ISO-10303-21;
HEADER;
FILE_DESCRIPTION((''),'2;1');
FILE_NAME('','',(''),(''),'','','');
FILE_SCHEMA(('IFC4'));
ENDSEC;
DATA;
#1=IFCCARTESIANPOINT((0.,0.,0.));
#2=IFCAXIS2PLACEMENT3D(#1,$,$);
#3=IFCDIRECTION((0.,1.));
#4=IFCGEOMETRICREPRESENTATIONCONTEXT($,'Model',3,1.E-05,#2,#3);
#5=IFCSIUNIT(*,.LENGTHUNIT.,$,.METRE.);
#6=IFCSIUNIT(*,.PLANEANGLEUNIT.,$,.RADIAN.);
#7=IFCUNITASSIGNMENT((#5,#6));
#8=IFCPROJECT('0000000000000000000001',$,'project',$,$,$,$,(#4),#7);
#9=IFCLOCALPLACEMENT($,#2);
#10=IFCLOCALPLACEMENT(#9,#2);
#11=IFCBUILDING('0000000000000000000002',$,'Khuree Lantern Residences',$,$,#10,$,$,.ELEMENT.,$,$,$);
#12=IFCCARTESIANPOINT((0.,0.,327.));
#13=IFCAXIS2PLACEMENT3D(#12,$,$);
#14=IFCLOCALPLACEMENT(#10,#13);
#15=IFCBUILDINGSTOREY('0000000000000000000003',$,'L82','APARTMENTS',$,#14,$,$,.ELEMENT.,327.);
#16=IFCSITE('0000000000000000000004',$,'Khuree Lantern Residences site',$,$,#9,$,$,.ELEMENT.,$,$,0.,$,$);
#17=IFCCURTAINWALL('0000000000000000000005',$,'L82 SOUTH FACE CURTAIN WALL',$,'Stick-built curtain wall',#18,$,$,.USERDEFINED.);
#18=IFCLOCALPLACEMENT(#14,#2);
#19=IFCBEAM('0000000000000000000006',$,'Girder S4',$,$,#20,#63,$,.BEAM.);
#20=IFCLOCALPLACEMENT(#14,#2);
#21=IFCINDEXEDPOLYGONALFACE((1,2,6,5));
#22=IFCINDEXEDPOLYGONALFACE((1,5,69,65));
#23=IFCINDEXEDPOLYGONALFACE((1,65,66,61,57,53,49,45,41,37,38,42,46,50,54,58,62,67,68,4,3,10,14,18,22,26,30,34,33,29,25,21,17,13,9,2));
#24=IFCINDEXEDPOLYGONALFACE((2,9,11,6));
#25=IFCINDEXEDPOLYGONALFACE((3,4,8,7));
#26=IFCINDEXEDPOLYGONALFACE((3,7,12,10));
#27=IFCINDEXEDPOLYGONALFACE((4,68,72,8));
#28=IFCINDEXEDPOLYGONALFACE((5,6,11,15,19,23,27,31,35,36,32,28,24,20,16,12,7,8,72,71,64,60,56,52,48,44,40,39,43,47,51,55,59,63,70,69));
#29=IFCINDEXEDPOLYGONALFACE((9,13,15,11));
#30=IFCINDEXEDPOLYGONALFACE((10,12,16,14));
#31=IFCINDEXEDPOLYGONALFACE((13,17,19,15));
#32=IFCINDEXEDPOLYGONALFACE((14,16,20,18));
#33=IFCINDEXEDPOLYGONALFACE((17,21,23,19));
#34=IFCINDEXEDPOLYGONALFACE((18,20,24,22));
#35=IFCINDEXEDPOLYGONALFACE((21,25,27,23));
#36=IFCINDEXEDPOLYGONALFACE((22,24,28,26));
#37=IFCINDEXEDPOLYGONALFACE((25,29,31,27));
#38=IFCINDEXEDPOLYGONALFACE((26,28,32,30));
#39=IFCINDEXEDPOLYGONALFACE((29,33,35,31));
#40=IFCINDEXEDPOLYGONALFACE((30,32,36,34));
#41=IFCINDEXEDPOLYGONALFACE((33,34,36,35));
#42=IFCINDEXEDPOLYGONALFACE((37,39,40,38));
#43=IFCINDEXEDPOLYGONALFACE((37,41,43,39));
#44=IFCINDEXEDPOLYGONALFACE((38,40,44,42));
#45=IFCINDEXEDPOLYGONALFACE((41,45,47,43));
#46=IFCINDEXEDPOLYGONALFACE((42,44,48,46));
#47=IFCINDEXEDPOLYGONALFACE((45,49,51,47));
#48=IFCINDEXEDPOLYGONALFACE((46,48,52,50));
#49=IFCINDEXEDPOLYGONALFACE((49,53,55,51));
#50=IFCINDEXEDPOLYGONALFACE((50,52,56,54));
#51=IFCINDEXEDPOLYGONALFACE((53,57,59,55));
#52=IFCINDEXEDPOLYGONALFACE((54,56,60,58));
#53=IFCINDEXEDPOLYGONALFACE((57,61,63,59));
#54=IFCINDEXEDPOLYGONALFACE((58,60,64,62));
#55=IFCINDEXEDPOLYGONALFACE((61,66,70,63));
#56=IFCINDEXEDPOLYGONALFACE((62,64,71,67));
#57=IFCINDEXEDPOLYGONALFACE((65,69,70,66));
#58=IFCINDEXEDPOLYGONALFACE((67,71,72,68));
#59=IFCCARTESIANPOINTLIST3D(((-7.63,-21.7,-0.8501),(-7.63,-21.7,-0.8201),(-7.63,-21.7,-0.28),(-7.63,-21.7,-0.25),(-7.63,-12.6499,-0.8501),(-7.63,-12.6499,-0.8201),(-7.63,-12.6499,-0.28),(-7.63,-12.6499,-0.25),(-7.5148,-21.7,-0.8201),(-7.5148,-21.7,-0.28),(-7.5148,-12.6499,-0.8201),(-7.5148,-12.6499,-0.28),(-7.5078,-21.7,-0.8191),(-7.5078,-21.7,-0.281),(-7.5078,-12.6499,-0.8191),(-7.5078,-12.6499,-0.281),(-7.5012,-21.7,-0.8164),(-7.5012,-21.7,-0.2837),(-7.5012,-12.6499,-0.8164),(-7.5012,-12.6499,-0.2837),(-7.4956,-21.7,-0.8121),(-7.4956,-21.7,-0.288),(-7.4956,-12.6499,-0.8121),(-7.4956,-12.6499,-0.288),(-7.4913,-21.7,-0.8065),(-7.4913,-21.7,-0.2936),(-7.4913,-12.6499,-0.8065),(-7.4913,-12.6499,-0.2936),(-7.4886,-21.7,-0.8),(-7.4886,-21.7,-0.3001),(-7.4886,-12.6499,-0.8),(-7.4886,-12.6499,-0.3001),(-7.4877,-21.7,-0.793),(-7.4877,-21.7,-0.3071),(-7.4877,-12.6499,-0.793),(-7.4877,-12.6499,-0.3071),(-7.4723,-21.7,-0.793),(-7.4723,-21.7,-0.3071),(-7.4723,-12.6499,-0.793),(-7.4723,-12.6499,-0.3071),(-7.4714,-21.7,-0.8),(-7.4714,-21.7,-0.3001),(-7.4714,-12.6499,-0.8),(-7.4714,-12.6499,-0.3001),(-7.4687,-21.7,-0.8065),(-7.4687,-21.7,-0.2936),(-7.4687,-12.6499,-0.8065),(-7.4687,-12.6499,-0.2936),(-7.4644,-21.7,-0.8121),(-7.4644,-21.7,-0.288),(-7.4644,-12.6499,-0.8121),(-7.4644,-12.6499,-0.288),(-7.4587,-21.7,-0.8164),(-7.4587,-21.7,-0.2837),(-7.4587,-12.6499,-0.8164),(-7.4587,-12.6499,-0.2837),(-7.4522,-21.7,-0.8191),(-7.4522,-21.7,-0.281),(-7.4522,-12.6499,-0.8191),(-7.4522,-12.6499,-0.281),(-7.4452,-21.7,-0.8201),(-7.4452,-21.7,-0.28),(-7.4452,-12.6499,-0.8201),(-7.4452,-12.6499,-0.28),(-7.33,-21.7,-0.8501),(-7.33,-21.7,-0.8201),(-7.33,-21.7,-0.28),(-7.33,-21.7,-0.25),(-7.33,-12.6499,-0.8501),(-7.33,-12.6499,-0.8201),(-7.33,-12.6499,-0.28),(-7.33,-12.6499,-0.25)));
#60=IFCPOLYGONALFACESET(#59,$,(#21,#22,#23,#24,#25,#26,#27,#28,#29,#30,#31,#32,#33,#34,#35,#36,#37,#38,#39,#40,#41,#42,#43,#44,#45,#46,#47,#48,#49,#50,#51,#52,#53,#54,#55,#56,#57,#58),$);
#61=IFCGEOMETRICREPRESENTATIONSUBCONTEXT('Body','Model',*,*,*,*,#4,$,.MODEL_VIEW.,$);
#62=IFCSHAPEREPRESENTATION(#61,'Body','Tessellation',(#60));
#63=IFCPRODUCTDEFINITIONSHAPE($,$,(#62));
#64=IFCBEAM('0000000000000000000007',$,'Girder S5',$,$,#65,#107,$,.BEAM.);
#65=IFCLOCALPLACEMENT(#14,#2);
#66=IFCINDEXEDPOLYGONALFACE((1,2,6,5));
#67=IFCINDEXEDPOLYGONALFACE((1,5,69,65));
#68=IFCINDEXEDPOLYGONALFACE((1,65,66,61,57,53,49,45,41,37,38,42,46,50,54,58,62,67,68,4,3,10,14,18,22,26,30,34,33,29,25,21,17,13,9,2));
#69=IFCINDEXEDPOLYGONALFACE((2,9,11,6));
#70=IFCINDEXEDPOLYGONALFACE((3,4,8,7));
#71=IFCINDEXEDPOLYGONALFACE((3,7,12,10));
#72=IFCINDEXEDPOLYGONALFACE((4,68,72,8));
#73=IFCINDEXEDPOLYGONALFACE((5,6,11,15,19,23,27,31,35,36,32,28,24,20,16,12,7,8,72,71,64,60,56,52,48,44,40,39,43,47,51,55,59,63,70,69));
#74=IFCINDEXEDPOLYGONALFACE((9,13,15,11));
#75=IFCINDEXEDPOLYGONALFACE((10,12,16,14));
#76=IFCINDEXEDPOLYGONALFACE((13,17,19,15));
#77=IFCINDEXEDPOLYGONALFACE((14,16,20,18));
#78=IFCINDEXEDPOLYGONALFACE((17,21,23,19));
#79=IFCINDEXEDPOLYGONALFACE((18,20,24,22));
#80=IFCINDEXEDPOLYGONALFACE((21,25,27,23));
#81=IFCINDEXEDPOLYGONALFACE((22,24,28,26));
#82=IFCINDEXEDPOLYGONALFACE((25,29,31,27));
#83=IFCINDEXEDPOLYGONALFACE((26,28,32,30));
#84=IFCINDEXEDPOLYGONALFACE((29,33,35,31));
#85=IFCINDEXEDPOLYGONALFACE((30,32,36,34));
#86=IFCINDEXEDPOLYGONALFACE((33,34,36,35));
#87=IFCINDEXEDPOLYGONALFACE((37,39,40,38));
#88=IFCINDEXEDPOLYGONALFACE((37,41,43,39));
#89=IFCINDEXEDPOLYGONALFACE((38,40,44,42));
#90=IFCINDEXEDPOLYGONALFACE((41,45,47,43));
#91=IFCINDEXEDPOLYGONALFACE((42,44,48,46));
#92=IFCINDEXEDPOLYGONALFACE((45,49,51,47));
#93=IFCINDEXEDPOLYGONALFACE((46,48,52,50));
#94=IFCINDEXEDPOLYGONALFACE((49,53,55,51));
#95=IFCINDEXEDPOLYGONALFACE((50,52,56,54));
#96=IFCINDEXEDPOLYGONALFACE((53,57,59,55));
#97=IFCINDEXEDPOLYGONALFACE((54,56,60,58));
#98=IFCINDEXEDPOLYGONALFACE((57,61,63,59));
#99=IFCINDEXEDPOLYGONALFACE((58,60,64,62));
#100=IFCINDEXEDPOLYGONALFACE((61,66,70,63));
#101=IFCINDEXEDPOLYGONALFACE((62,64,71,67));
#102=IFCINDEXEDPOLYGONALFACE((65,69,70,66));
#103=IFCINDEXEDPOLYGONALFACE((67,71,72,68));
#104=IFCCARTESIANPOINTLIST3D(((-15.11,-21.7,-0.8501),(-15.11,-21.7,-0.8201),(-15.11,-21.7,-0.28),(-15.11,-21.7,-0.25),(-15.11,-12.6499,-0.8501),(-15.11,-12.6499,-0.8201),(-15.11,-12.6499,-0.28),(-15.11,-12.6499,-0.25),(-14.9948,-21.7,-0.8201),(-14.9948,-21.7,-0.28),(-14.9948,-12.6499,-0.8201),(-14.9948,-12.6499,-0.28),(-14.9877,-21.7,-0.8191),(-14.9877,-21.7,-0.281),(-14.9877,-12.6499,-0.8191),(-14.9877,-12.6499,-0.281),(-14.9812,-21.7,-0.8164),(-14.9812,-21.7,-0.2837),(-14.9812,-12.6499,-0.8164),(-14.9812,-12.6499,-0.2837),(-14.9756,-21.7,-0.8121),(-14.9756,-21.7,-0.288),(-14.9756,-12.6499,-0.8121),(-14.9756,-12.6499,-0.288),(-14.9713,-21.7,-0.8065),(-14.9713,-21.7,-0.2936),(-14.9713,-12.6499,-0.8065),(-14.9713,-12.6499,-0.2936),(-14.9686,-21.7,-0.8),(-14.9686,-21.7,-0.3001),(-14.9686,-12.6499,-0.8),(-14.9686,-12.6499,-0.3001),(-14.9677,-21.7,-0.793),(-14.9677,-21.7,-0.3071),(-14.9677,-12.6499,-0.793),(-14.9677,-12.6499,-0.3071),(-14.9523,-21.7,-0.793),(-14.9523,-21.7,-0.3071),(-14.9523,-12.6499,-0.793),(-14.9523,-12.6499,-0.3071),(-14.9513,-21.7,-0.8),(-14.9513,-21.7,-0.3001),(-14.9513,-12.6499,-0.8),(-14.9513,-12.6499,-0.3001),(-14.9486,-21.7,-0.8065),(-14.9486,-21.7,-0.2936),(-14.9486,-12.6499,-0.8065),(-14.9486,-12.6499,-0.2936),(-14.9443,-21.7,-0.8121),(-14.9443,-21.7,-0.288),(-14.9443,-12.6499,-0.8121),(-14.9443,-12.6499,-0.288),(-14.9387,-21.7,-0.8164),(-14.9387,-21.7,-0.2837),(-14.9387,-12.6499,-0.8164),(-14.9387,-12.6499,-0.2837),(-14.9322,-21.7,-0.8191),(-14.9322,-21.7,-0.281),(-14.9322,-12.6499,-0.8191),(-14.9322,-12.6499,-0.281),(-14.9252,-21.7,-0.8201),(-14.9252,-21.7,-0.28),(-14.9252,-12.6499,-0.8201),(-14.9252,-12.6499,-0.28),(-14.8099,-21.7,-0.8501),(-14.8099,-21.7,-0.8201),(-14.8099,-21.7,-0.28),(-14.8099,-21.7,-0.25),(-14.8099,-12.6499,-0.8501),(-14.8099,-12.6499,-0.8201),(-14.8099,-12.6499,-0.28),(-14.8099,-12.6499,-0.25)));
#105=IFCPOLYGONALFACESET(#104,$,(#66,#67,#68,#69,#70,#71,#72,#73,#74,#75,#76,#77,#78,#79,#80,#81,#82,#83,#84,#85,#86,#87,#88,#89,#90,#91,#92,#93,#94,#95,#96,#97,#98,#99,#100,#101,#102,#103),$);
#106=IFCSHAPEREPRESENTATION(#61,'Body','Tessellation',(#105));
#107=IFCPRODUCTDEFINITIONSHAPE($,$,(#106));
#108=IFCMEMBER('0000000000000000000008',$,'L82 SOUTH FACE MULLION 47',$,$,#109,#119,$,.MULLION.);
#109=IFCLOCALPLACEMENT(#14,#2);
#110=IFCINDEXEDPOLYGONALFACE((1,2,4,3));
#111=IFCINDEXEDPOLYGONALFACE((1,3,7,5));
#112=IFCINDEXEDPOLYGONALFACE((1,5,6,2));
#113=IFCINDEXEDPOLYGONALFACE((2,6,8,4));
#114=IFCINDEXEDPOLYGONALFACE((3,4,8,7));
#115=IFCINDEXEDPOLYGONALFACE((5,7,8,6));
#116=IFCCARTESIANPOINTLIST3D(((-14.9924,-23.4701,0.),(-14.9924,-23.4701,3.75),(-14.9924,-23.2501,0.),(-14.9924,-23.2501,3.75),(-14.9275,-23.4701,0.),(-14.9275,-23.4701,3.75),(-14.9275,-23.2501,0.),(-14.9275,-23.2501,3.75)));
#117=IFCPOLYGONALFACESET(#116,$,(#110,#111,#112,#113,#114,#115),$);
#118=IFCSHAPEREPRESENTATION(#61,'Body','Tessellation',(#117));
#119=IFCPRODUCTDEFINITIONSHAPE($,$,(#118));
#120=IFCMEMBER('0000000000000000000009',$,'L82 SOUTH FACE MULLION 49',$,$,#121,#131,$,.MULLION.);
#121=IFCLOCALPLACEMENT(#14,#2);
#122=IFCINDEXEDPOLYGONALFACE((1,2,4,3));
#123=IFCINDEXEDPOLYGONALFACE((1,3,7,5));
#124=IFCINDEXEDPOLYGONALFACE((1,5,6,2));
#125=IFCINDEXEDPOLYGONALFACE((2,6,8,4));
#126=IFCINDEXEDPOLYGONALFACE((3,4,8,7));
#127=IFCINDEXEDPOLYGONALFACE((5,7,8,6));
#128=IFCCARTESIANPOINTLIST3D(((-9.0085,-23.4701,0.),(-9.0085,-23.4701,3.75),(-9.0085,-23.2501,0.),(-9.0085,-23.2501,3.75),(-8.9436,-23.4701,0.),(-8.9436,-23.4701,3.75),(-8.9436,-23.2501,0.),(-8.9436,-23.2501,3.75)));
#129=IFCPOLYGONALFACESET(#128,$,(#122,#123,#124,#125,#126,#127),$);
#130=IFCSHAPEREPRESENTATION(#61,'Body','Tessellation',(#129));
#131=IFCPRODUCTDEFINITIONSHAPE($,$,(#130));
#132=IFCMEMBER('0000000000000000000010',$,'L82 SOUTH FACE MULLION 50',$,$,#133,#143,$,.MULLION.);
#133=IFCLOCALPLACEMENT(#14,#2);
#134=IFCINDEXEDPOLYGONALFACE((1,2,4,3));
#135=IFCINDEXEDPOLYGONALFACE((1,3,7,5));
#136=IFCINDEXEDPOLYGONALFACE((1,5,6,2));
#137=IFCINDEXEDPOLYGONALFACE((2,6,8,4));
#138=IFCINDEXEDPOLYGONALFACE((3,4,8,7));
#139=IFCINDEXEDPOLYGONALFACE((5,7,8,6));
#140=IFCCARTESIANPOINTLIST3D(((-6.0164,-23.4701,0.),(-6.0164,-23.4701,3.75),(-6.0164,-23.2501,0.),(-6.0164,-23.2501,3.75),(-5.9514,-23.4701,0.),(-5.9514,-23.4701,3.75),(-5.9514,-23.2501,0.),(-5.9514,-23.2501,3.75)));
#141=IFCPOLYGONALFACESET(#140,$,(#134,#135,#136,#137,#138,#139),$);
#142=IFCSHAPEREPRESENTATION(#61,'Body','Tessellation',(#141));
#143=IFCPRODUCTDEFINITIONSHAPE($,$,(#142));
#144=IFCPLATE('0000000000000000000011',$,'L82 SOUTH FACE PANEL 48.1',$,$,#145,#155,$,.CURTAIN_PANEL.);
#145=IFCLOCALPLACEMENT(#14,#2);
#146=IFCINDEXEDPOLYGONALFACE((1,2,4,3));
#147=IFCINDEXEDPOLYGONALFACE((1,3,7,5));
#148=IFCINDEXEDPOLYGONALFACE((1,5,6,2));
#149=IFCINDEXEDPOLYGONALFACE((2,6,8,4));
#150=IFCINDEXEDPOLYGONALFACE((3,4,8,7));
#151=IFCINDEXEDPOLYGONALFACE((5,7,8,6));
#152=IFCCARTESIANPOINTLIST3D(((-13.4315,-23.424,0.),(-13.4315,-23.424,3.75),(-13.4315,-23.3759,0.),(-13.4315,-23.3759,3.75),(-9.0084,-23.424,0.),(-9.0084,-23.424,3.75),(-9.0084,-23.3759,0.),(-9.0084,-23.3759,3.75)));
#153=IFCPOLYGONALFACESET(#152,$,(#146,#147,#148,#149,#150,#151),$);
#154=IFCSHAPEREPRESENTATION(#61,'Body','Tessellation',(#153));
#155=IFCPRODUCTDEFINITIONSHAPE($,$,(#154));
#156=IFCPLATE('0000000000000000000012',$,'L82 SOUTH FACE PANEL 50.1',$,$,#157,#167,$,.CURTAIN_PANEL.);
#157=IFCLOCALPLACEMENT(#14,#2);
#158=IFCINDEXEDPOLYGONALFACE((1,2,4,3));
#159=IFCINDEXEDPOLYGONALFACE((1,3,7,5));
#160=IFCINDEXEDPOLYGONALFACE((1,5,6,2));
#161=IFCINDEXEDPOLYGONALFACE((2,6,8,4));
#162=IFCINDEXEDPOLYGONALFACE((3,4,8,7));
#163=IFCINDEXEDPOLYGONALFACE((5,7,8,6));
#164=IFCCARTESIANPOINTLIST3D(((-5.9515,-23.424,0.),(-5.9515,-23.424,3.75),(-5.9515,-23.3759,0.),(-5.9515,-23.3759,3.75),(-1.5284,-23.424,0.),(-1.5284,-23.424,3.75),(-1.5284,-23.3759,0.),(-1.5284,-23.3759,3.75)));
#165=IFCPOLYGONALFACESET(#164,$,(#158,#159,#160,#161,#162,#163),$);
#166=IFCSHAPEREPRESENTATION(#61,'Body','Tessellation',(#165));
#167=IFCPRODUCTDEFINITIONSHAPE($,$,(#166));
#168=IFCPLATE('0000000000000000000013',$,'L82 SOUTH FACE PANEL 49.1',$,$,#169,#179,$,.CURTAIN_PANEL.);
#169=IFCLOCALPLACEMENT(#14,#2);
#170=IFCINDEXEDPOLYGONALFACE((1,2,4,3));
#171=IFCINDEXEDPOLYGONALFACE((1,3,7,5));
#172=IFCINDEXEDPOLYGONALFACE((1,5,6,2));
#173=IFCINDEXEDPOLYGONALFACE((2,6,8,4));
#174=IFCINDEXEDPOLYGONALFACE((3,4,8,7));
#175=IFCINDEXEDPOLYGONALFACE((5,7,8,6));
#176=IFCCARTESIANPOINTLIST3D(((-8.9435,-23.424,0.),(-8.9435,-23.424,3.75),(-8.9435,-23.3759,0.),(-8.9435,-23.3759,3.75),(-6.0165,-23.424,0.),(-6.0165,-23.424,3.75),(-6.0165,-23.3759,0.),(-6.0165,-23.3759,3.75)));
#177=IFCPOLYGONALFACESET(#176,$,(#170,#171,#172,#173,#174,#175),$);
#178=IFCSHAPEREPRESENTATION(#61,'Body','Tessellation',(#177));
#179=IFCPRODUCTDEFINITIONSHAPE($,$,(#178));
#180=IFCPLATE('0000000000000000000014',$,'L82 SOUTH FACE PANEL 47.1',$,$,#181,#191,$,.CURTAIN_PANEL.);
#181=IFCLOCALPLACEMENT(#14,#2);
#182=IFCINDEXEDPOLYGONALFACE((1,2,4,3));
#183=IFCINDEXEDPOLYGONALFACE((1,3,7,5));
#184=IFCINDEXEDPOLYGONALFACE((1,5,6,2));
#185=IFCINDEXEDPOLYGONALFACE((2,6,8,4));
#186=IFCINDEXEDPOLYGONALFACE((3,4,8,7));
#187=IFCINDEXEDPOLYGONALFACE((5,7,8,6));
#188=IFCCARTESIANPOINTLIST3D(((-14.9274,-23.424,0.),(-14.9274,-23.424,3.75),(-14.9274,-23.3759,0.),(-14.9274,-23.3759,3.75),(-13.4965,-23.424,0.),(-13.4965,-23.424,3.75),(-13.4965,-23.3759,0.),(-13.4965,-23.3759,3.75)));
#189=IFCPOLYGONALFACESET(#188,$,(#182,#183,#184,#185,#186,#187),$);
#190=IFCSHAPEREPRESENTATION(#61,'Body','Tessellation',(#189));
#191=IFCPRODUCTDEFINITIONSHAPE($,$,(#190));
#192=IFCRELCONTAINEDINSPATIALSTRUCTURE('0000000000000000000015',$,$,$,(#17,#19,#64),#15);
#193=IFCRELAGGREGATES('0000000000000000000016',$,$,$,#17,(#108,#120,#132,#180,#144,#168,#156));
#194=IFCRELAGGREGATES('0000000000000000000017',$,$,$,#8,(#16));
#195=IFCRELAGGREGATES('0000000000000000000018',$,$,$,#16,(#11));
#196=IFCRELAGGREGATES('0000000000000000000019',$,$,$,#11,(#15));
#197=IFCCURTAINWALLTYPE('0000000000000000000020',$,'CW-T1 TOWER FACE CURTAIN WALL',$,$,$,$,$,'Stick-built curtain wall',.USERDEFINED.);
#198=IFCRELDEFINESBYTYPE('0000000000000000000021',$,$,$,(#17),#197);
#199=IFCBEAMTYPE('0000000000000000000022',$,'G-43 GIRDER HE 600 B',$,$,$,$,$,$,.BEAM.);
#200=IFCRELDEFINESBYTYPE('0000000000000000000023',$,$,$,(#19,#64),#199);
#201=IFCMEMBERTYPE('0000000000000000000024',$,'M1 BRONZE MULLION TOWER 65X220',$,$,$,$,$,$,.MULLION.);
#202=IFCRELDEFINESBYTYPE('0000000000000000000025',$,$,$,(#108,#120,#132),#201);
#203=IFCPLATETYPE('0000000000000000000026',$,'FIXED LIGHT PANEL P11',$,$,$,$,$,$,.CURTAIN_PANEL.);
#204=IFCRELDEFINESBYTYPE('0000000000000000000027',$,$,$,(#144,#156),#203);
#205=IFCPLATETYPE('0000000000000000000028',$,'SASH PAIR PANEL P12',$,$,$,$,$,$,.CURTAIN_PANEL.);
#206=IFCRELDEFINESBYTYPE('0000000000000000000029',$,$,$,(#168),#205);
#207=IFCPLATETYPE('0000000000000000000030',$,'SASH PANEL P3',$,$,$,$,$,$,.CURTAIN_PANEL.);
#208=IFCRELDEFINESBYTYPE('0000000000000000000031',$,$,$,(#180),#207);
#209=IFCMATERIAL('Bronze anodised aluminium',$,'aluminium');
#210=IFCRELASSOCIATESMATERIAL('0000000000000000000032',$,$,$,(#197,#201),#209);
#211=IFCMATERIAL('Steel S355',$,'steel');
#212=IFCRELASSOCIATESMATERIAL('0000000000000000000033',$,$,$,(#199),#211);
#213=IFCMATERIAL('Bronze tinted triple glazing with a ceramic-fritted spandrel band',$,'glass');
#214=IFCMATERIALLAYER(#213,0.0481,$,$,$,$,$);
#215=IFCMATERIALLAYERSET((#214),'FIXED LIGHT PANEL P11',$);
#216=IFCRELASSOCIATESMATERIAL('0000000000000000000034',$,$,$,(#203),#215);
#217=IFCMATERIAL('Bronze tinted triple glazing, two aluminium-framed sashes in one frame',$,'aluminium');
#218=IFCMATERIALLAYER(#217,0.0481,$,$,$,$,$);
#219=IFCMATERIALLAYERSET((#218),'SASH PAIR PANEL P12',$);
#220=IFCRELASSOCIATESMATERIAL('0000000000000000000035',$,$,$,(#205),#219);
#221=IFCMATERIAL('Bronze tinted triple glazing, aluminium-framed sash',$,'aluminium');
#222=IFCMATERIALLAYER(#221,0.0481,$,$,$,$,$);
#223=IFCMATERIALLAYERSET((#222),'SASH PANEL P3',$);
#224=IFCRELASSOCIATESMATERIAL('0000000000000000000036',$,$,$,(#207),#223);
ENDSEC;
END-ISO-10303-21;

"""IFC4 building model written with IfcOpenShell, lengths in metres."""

from ifc_helpers import new_model, si_unit, direction, frame, origin, origin_2d, place, context, subcontext, project, spatial, rectangle, i_section, extrude, material, layer, layer_set, material_profile, profile_set, type_object, element, aggregate, save


model = new_model("IFC4")

# Units and contexts
model_context = context("Model", 3, precision=1e-05, world=origin(), true_north=direction((0.0, 1.0)))
body_context = subcontext(model_context, "Body", "Model", "MODEL_VIEW")
ifc_project = project(units=[si_unit("LENGTHUNIT", "METRE"), si_unit("PLANEANGLEUNIT", "RADIAN")], contexts=[model_context])

# Site, building, storey
site_placement = place(None, origin())
site = spatial("IfcSite", under=ifc_project, at=site_placement, Name="Khuree Lantern Residences site", CompositionType="ELEMENT", RefElevation=0.0)
building_placement = place(site_placement, origin())
building = spatial("IfcBuilding", under=site, at=building_placement, Name="Khuree Lantern Residences", CompositionType="ELEMENT")
storey_placement = place(building_placement, frame((0.0, 0.0, 327.0)))
storey = spatial("IfcBuildingStorey", under=building, at=storey_placement, Name="L82", Description="APARTMENTS", CompositionType="ELEMENT", Elevation=327.0)

# Shared definitions
ifc_material_1 = material(Name="Steel S355", Category="steel")

# Curtain wall
ifc_material_2 = material(Name="Bronze anodised aluminium", Category="aluminium")
curtain_wall_type = type_object("IfcCurtainWallType", Name="CW-T1 TOWER FACE CURTAIN WALL", ElementType="Stick-built curtain wall", PredefinedType="USERDEFINED", material=ifc_material_2)
curtain_wall_placement = place(storey_placement, origin())
curtain_wall = element("IfcCurtainWall", 1, at=curtain_wall_placement, inside=storey, type_object=curtain_wall_type, Name="L82 SOUTH FACE CURTAIN WALL", ObjectType="Stick-built curtain wall", PredefinedType="USERDEFINED")

# Beams
ifc_material_profile_1 = material_profile(ifc_material_1, i_section(OverallWidth=0.3, OverallDepth=0.6001, WebThickness=0.0154, FlangeThickness=0.03, FilletRadius=0.0271, at=origin_2d()), Name="HE 600 B")
ifc_profile_set_1 = profile_set([ifc_material_profile_1], Name="Steel S355")
beam_type_1 = type_object("IfcBeamType", Name="G-43 GIRDER HE 600 B", PredefinedType="BEAM", material=ifc_profile_set_1)
for number, where, z_axis, x_axis, name in (
    (2, (-7.48, -21.7, -0.55), (0.0, 1.0, 0.0), (-1.0, 0.0, 0.0), "Girder S4"),
    (3, (-14.96, -21.7, -0.55), (0.0, 1.0, 0.0), (-1.0, 0.0, 0.0), "Girder S5"),
):
    element("IfcBeam", number, at=place(storey_placement, frame(where, z_axis=z_axis, x_axis=x_axis)), inside=storey, type_object=beam_type_1, Name=name, PredefinedType="BEAM", context=body_context, shape_type="SweptSolid", body=[
        extrude(i_section(OverallWidth=0.3, OverallDepth=0.6001, WebThickness=0.0154, FlangeThickness=0.03, FilletRadius=0.0271, at=origin_2d()), origin(), (0.0, 0.0, 1.0), 9.05),
    ])

# Members
ifc_material_profile_2 = material_profile(ifc_material_2, rectangle(XDim=0.0649, YDim=0.22, at=origin_2d()), Name="M1 65X220")
ifc_profile_set_2 = profile_set([ifc_material_profile_2], Name="Bronze anodised aluminium")
member_type_1 = type_object("IfcMemberType", Name="M1 BRONZE MULLION TOWER 65X220", PredefinedType="MULLION", material=ifc_profile_set_2)
member_1_placement = place(storey_placement, frame((-14.96, -23.3601, 0.0), z_axis=(0.0, 0.0, 1.0), x_axis=(1.0, 0.0, 0.0)))
member_1 = element("IfcMember", 4, at=member_1_placement, type_object=member_type_1, Name="L82 SOUTH FACE MULLION 47", PredefinedType="MULLION", context=body_context, shape_type="SweptSolid", body=[
    extrude(rectangle(XDim=0.0649, YDim=0.22, at=origin_2d()), origin(), (0.0, 0.0, 1.0), 3.75),
])
member_2_placement = place(storey_placement, frame((-8.9761, -23.3601, 0.0), z_axis=(0.0, 0.0, 1.0), x_axis=(1.0, 0.0, 0.0)))
member_2 = element("IfcMember", 5, at=member_2_placement, type_object=member_type_1, Name="L82 SOUTH FACE MULLION 49", PredefinedType="MULLION", context=body_context, shape_type="SweptSolid", body=[
    extrude(rectangle(XDim=0.0649, YDim=0.22, at=origin_2d()), origin(), (0.0, 0.0, 1.0), 3.75),
])
member_3_placement = place(storey_placement, frame((-5.9839, -23.3601, 0.0), z_axis=(0.0, 0.0, 1.0), x_axis=(1.0, 0.0, 0.0)))
member_3 = element("IfcMember", 6, at=member_3_placement, type_object=member_type_1, Name="L82 SOUTH FACE MULLION 50", PredefinedType="MULLION", context=body_context, shape_type="SweptSolid", body=[
    extrude(rectangle(XDim=0.0649, YDim=0.22, at=origin_2d()), origin(), (0.0, 0.0, 1.0), 3.75),
])

# Plates
ifc_material_3 = material(Name="Bronze tinted triple glazing with a ceramic-fritted spandrel band", Category="glass")
ifc_layer_1 = layer(ifc_material_3, 0.0481)
ifc_layer_set_1 = layer_set([ifc_layer_1], Name="FIXED LIGHT PANEL P11")
plate_type_1 = type_object("IfcPlateType", Name="FIXED LIGHT PANEL P11", PredefinedType="CURTAIN_PANEL", material=ifc_layer_set_1)
plate_1_placement = place(storey_placement, frame((-11.22, -23.3999, 0.0), z_axis=(0.0, 0.0, 1.0), x_axis=(1.0, 0.0, 0.0)))
plate_1 = element("IfcPlate", 7, at=plate_1_placement, type_object=plate_type_1, Name="L82 SOUTH FACE PANEL 48.1", PredefinedType="CURTAIN_PANEL", context=body_context, shape_type="SweptSolid", body=[
    extrude(rectangle(XDim=4.4231, YDim=0.0481, at=origin_2d()), origin(), (0.0, 0.0, 1.0), 3.75),
])
plate_2_placement = place(storey_placement, frame((-3.74, -23.3999, 0.0), z_axis=(0.0, 0.0, 1.0), x_axis=(1.0, 0.0, 0.0)))
plate_2 = element("IfcPlate", 8, at=plate_2_placement, type_object=plate_type_1, Name="L82 SOUTH FACE PANEL 50.1", PredefinedType="CURTAIN_PANEL", context=body_context, shape_type="SweptSolid", body=[
    extrude(rectangle(XDim=4.4231, YDim=0.0481, at=origin_2d()), origin(), (0.0, 0.0, 1.0), 3.75),
])
ifc_material_4 = material(Name="Bronze tinted triple glazing, two aluminium-framed sashes in one frame", Category="aluminium")
ifc_layer_2 = layer(ifc_material_4, 0.0481)
ifc_layer_set_2 = layer_set([ifc_layer_2], Name="SASH PAIR PANEL P12")
plate_type_2 = type_object("IfcPlateType", Name="SASH PAIR PANEL P12", PredefinedType="CURTAIN_PANEL", material=ifc_layer_set_2)
plate_3_placement = place(storey_placement, frame((-7.48, -23.3999, 0.0), z_axis=(0.0, 0.0, 1.0), x_axis=(1.0, 0.0, 0.0)))
plate_3 = element("IfcPlate", 9, at=plate_3_placement, type_object=plate_type_2, Name="L82 SOUTH FACE PANEL 49.1", PredefinedType="CURTAIN_PANEL", context=body_context, shape_type="SweptSolid", body=[
    extrude(rectangle(XDim=2.927, YDim=0.0481, at=origin_2d()), origin(), (0.0, 0.0, 1.0), 3.75),
])
ifc_material_5 = material(Name="Bronze tinted triple glazing, aluminium-framed sash", Category="aluminium")
ifc_layer_3 = layer(ifc_material_5, 0.0481)
ifc_layer_set_3 = layer_set([ifc_layer_3], Name="SASH PANEL P3")
plate_type_3 = type_object("IfcPlateType", Name="SASH PANEL P3", PredefinedType="CURTAIN_PANEL", material=ifc_layer_set_3)
plate_4_placement = place(storey_placement, frame((-14.2119, -23.3999, 0.0), z_axis=(0.0, 0.0, 1.0), x_axis=(1.0, 0.0, 0.0)))
plate_4 = element("IfcPlate", 10, at=plate_4_placement, type_object=plate_type_3, Name="L82 SOUTH FACE PANEL 47.1", PredefinedType="CURTAIN_PANEL", context=body_context, shape_type="SweptSolid", body=[
    extrude(rectangle(XDim=1.4309, YDim=0.0481, at=origin_2d()), origin(), (0.0, 0.0, 1.0), 3.75),
])
aggregate(curtain_wall, [member_1, member_2, member_3, plate_4, plate_1, plate_3, plate_2])

save(model, "model.ifc")
